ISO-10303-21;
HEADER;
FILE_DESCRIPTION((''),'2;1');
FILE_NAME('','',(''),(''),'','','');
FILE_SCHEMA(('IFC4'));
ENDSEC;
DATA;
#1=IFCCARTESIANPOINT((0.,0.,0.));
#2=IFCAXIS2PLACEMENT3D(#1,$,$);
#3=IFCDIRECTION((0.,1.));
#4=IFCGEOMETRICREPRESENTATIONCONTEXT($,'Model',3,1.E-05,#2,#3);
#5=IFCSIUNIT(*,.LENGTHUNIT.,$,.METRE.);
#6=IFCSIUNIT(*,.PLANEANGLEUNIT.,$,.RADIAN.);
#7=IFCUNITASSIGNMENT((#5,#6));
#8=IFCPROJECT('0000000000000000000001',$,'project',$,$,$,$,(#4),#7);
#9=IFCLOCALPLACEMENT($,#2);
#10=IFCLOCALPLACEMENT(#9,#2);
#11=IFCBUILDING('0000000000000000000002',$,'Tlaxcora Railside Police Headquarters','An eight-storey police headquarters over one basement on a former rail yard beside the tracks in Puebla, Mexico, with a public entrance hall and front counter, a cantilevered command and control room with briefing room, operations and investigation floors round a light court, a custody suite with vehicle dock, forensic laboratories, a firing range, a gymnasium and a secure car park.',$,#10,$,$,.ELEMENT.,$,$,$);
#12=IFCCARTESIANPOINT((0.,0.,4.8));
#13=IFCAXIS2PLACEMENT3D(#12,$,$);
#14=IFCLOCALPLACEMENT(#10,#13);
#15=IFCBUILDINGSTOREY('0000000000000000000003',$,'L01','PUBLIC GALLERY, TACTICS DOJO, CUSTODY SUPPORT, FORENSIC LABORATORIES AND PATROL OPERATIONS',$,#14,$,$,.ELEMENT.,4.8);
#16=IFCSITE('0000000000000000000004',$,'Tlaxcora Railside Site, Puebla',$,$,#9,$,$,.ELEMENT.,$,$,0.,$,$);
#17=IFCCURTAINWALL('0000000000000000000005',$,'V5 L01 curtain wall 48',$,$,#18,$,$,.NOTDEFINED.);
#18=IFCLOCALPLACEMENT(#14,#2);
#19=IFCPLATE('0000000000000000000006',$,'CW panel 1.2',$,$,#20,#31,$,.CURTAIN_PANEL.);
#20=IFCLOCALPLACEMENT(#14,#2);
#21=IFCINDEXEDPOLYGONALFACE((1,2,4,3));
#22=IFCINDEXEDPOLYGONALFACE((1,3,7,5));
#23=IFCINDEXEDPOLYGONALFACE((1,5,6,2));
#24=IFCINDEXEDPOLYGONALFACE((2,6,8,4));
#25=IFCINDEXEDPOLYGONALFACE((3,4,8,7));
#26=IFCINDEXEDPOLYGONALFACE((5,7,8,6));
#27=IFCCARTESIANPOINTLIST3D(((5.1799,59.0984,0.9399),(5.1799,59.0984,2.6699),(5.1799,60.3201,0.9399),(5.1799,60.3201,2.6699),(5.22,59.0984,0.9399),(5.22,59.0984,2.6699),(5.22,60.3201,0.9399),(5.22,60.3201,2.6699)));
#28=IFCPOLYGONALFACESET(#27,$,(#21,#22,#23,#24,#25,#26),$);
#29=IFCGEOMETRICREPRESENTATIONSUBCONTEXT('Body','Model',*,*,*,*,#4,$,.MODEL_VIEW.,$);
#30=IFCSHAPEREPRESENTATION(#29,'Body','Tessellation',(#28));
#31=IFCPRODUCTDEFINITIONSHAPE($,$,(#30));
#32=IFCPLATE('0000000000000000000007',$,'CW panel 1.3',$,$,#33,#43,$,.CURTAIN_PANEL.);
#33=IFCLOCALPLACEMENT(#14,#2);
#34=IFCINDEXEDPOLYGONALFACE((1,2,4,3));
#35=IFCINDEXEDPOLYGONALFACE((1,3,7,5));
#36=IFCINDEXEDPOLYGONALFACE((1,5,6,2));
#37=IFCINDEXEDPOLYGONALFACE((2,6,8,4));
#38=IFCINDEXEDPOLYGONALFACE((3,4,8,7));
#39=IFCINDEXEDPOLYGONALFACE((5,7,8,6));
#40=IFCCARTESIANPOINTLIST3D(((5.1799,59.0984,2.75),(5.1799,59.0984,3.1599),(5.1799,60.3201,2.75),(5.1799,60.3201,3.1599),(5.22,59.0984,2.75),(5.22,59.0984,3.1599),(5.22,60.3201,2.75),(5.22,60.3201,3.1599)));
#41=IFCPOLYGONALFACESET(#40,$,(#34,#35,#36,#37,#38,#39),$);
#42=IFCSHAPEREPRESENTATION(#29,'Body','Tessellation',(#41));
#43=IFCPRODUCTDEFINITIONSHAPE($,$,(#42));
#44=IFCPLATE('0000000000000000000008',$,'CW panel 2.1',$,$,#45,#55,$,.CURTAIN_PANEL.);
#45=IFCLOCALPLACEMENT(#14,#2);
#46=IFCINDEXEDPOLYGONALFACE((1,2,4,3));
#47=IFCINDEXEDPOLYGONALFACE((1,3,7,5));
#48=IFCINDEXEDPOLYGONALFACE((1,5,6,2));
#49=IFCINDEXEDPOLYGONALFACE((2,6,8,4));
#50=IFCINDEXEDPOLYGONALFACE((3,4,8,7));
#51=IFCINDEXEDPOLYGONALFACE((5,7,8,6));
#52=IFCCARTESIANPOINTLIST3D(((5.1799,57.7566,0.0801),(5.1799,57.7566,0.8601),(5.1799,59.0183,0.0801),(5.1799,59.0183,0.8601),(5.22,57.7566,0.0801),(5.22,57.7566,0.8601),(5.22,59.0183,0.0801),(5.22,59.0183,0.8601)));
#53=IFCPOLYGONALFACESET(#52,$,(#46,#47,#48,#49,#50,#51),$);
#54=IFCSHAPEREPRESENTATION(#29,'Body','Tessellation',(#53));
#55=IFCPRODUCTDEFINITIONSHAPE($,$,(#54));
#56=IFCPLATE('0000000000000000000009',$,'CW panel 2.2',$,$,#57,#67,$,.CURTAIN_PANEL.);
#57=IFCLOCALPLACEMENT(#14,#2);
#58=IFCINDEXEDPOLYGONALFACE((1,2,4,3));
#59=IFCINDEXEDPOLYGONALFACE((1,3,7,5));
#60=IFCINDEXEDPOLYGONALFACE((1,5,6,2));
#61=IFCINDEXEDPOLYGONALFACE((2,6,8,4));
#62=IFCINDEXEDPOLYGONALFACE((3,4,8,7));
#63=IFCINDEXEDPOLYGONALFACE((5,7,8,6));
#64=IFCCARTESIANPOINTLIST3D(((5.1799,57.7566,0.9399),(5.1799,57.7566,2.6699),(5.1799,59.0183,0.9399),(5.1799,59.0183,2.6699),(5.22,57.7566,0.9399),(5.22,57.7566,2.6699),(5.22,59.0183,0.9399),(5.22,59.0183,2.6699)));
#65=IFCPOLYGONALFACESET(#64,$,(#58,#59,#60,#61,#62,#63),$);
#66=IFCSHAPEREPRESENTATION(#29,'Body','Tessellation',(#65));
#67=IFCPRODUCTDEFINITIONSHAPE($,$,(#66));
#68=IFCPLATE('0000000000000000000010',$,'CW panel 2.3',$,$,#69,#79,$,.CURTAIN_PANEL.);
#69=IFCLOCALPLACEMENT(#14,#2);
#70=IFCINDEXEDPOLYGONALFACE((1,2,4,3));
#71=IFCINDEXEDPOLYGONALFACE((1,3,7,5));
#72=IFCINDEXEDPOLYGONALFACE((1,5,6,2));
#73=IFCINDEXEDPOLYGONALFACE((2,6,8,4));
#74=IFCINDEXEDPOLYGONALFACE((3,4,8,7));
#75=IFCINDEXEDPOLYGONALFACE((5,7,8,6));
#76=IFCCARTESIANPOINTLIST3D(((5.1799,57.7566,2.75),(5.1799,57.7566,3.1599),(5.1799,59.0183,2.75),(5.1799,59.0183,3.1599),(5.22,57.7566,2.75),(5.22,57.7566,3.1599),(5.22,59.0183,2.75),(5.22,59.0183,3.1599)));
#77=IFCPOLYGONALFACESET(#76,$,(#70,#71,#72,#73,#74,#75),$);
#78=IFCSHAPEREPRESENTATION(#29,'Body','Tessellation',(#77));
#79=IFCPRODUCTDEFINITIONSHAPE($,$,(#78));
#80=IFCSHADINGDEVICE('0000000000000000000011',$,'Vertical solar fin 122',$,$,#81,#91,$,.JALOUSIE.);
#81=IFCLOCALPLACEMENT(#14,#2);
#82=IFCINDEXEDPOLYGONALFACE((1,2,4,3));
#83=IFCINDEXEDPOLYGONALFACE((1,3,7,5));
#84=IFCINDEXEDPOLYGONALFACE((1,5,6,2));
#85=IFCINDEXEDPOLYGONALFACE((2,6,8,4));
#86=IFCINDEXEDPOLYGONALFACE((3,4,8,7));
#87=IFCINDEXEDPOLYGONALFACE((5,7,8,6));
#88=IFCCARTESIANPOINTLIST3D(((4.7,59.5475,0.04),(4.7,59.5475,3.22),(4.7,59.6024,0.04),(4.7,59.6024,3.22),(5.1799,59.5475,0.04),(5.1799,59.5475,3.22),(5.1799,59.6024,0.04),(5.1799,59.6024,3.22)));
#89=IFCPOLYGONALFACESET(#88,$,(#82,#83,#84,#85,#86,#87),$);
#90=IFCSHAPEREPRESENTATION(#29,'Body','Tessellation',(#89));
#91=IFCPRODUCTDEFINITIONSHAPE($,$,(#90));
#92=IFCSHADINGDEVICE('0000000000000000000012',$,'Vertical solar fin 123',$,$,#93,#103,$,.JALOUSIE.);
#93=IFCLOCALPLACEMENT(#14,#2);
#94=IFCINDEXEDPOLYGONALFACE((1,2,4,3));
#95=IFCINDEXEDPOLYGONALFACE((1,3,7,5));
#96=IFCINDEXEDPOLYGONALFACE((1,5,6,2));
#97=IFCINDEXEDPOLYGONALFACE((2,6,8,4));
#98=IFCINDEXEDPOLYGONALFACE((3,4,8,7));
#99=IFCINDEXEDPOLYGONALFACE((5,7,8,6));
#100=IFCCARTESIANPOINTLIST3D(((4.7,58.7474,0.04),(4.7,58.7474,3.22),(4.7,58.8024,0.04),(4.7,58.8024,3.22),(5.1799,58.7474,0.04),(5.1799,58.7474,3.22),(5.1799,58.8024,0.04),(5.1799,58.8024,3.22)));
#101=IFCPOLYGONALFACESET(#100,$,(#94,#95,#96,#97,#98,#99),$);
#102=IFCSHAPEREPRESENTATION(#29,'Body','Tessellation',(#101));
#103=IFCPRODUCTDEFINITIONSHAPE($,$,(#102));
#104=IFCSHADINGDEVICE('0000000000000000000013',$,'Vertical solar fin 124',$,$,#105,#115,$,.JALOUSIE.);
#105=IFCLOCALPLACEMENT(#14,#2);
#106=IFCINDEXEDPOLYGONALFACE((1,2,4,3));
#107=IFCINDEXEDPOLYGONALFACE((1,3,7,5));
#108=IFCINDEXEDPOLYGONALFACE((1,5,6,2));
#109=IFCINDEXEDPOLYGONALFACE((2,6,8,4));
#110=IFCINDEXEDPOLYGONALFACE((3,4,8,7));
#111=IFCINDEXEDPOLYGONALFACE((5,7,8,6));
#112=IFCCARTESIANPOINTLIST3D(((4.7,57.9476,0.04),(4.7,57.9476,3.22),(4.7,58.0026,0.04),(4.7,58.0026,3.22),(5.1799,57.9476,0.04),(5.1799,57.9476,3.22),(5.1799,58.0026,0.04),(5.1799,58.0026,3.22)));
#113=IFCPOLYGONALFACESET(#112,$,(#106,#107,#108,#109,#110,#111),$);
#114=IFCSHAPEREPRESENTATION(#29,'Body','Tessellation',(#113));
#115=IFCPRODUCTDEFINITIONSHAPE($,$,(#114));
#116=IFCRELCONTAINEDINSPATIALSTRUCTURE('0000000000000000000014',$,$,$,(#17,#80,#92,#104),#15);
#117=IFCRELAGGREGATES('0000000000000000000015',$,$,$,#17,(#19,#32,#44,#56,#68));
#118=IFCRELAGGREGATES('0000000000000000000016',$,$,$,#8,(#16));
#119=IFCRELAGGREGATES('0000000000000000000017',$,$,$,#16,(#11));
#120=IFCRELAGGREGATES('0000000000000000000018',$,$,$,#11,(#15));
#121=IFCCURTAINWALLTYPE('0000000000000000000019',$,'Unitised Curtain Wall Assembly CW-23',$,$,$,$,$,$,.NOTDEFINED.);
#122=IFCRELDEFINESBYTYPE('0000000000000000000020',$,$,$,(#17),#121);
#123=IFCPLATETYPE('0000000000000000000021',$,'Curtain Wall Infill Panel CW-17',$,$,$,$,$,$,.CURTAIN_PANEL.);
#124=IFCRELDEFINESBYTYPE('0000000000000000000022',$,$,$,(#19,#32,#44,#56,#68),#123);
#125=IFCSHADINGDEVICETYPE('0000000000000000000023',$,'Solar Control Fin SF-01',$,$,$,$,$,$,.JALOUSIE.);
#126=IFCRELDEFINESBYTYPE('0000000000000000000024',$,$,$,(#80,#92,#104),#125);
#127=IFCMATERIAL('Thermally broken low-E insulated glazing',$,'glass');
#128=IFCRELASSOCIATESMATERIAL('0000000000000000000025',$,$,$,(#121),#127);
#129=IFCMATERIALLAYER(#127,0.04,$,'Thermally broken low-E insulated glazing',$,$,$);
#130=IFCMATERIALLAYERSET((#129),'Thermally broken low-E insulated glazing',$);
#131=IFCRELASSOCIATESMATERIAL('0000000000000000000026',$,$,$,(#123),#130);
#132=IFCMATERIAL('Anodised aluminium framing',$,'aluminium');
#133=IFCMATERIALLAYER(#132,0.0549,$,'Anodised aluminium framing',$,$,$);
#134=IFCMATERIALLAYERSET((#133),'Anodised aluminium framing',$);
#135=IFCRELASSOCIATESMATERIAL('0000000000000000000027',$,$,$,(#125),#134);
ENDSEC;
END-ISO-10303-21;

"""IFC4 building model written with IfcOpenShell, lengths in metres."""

from ifc_helpers import new_model, si_unit, direction, frame, origin, origin_2d, place, context, subcontext, project, spatial, rectangle, extrude, material, layer, layer_set, type_object, element, aggregate, save


model = new_model("IFC4")

# Units and contexts
model_context = context("Model", 3, precision=1e-05, world=origin(), true_north=direction((0.0, 1.0)))
body_context = subcontext(model_context, "Body", "Model", "MODEL_VIEW")
ifc_project = project(units=[si_unit("LENGTHUNIT", "METRE"), si_unit("PLANEANGLEUNIT", "RADIAN")], contexts=[model_context])

# Site, building, storey
site_placement = place(None, origin())
site = spatial("IfcSite", under=ifc_project, at=site_placement, Name="Tlaxcora Railside Site, Puebla", CompositionType="ELEMENT", RefElevation=0.0)
building_placement = place(site_placement, origin())
building = spatial("IfcBuilding", under=site, at=building_placement, Name="Tlaxcora Railside Police Headquarters", Description="An eight-storey police headquarters over one basement on a former rail yard beside the tracks in Puebla, Mexico, with a public entrance hall and front counter, a cantilevered command and control room with briefing room, operations and investigation floors round a light court, a custody suite with vehicle dock, forensic laboratories, a firing range, a gymnasium and a secure car park.", CompositionType="ELEMENT")
storey_placement = place(building_placement, frame((0.0, 0.0, 4.8)))
storey = spatial("IfcBuildingStorey", under=building, at=storey_placement, Name="L01", Description="PUBLIC GALLERY, TACTICS DOJO, CUSTODY SUPPORT, FORENSIC LABORATORIES AND PATROL OPERATIONS", CompositionType="ELEMENT", Elevation=4.8)

# Curtain wall, plates
ifc_material_1 = material(Name="Thermally broken low-E insulated glazing", Category="glass")
curtain_wall_type = type_object("IfcCurtainWallType", Name="Unitised Curtain Wall Assembly CW-23", PredefinedType="NOTDEFINED", material=ifc_material_1)
curtain_wall_placement = place(storey_placement, origin())
curtain_wall = element("IfcCurtainWall", 1, at=curtain_wall_placement, inside=storey, type_object=curtain_wall_type, Name="V5 L01 curtain wall 48", PredefinedType="NOTDEFINED")
ifc_material_2 = material(Name="Anodised aluminium framing", Category="aluminium")
ifc_layer_1 = layer(ifc_material_1, 0.04, Name="Thermally broken low-E insulated glazing")
ifc_layer_set_1 = layer_set([ifc_layer_1], Name="Thermally broken low-E insulated glazing")
plate_type = type_object("IfcPlateType", Name="Curtain Wall Infill Panel CW-17", PredefinedType="CURTAIN_PANEL", material=ifc_layer_set_1)
plate_1_placement = place(storey_placement, frame((5.2, 59.7092, 0.9399), z_axis=(0.0, 0.0, 1.0), x_axis=(0.0, -1.0, 0.0)))
plate_1 = element("IfcPlate", 2, at=plate_1_placement, type_object=plate_type, Name="CW panel 1.2", PredefinedType="CURTAIN_PANEL", context=body_context, shape_type="SweptSolid", body=[
    extrude(rectangle(XDim=1.2217, YDim=0.04, at=origin_2d()), origin(), (0.0, 0.0, 1.0), 1.73),
])
plate_2_placement = place(storey_placement, frame((5.2, 59.7092, 2.75), z_axis=(0.0, 0.0, 1.0), x_axis=(0.0, -1.0, 0.0)))
plate_2 = element("IfcPlate", 3, at=plate_2_placement, type_object=plate_type, Name="CW panel 1.3", PredefinedType="CURTAIN_PANEL", context=body_context, shape_type="SweptSolid", body=[
    extrude(rectangle(XDim=1.2217, YDim=0.04, at=origin_2d()), origin(), (0.0, 0.0, 1.0), 0.4099),
])
plate_3_placement = place(storey_placement, frame((5.2, 58.3875, 0.0801), z_axis=(0.0, 0.0, 1.0), x_axis=(0.0, -1.0, 0.0)))
plate_3 = element("IfcPlate", 4, at=plate_3_placement, type_object=plate_type, Name="CW panel 2.1", PredefinedType="CURTAIN_PANEL", context=body_context, shape_type="SweptSolid", body=[
    extrude(rectangle(XDim=1.2617, YDim=0.04, at=origin_2d()), origin(), (0.0, 0.0, 1.0), 0.78),
])
plate_4_placement = place(storey_placement, frame((5.2, 58.3875, 0.9399), z_axis=(0.0, 0.0, 1.0), x_axis=(0.0, -1.0, 0.0)))
plate_4 = element("IfcPlate", 5, at=plate_4_placement, type_object=plate_type, Name="CW panel 2.2", PredefinedType="CURTAIN_PANEL", context=body_context, shape_type="SweptSolid", body=[
    extrude(rectangle(XDim=1.2617, YDim=0.04, at=origin_2d()), origin(), (0.0, 0.0, 1.0), 1.73),
])
plate_5_placement = place(storey_placement, frame((5.2, 58.3875, 2.75), z_axis=(0.0, 0.0, 1.0), x_axis=(0.0, -1.0, 0.0)))
plate_5 = element("IfcPlate", 6, at=plate_5_placement, type_object=plate_type, Name="CW panel 2.3", PredefinedType="CURTAIN_PANEL", context=body_context, shape_type="SweptSolid", body=[
    extrude(rectangle(XDim=1.2617, YDim=0.04, at=origin_2d()), origin(), (0.0, 0.0, 1.0), 0.4099),
])
aggregate(curtain_wall, [plate_1, plate_2, plate_3, plate_4, plate_5])

# Shading devices
ifc_layer_2 = layer(ifc_material_2, 0.0549, Name="Anodised aluminium framing")
ifc_layer_set_2 = layer_set([ifc_layer_2], Name="Anodised aluminium framing")
shading_device_type = type_object("IfcShadingDeviceType", Name="Solar Control Fin SF-01", PredefinedType="JALOUSIE", material=ifc_layer_set_2)
for number, where, z_axis, x_axis, name in (
    (7, (4.9399, 59.575, 0.04), (0.0, 0.0, 1.0), (-1.0, 0.0, 0.0), "Vertical solar fin 122"),
    (8, (4.9399, 58.7749, 0.04), (0.0, 0.0, 1.0), (-1.0, 0.0, 0.0), "Vertical solar fin 123"),
    (9, (4.9399, 57.9751, 0.04), (0.0, 0.0, 1.0), (-1.0, 0.0, 0.0), "Vertical solar fin 124"),
):
    element("IfcShadingDevice", number, at=place(storey_placement, frame(where, z_axis=z_axis, x_axis=x_axis)), inside=storey, type_object=shading_device_type, Name=name, PredefinedType="JALOUSIE", context=body_context, shape_type="SweptSolid", body=[
        extrude(rectangle(XDim=0.48, YDim=0.0549, at=origin_2d()), origin(), (0.0, 0.0, 1.0), 3.1799),
    ])

save(model, "model.ifc")
